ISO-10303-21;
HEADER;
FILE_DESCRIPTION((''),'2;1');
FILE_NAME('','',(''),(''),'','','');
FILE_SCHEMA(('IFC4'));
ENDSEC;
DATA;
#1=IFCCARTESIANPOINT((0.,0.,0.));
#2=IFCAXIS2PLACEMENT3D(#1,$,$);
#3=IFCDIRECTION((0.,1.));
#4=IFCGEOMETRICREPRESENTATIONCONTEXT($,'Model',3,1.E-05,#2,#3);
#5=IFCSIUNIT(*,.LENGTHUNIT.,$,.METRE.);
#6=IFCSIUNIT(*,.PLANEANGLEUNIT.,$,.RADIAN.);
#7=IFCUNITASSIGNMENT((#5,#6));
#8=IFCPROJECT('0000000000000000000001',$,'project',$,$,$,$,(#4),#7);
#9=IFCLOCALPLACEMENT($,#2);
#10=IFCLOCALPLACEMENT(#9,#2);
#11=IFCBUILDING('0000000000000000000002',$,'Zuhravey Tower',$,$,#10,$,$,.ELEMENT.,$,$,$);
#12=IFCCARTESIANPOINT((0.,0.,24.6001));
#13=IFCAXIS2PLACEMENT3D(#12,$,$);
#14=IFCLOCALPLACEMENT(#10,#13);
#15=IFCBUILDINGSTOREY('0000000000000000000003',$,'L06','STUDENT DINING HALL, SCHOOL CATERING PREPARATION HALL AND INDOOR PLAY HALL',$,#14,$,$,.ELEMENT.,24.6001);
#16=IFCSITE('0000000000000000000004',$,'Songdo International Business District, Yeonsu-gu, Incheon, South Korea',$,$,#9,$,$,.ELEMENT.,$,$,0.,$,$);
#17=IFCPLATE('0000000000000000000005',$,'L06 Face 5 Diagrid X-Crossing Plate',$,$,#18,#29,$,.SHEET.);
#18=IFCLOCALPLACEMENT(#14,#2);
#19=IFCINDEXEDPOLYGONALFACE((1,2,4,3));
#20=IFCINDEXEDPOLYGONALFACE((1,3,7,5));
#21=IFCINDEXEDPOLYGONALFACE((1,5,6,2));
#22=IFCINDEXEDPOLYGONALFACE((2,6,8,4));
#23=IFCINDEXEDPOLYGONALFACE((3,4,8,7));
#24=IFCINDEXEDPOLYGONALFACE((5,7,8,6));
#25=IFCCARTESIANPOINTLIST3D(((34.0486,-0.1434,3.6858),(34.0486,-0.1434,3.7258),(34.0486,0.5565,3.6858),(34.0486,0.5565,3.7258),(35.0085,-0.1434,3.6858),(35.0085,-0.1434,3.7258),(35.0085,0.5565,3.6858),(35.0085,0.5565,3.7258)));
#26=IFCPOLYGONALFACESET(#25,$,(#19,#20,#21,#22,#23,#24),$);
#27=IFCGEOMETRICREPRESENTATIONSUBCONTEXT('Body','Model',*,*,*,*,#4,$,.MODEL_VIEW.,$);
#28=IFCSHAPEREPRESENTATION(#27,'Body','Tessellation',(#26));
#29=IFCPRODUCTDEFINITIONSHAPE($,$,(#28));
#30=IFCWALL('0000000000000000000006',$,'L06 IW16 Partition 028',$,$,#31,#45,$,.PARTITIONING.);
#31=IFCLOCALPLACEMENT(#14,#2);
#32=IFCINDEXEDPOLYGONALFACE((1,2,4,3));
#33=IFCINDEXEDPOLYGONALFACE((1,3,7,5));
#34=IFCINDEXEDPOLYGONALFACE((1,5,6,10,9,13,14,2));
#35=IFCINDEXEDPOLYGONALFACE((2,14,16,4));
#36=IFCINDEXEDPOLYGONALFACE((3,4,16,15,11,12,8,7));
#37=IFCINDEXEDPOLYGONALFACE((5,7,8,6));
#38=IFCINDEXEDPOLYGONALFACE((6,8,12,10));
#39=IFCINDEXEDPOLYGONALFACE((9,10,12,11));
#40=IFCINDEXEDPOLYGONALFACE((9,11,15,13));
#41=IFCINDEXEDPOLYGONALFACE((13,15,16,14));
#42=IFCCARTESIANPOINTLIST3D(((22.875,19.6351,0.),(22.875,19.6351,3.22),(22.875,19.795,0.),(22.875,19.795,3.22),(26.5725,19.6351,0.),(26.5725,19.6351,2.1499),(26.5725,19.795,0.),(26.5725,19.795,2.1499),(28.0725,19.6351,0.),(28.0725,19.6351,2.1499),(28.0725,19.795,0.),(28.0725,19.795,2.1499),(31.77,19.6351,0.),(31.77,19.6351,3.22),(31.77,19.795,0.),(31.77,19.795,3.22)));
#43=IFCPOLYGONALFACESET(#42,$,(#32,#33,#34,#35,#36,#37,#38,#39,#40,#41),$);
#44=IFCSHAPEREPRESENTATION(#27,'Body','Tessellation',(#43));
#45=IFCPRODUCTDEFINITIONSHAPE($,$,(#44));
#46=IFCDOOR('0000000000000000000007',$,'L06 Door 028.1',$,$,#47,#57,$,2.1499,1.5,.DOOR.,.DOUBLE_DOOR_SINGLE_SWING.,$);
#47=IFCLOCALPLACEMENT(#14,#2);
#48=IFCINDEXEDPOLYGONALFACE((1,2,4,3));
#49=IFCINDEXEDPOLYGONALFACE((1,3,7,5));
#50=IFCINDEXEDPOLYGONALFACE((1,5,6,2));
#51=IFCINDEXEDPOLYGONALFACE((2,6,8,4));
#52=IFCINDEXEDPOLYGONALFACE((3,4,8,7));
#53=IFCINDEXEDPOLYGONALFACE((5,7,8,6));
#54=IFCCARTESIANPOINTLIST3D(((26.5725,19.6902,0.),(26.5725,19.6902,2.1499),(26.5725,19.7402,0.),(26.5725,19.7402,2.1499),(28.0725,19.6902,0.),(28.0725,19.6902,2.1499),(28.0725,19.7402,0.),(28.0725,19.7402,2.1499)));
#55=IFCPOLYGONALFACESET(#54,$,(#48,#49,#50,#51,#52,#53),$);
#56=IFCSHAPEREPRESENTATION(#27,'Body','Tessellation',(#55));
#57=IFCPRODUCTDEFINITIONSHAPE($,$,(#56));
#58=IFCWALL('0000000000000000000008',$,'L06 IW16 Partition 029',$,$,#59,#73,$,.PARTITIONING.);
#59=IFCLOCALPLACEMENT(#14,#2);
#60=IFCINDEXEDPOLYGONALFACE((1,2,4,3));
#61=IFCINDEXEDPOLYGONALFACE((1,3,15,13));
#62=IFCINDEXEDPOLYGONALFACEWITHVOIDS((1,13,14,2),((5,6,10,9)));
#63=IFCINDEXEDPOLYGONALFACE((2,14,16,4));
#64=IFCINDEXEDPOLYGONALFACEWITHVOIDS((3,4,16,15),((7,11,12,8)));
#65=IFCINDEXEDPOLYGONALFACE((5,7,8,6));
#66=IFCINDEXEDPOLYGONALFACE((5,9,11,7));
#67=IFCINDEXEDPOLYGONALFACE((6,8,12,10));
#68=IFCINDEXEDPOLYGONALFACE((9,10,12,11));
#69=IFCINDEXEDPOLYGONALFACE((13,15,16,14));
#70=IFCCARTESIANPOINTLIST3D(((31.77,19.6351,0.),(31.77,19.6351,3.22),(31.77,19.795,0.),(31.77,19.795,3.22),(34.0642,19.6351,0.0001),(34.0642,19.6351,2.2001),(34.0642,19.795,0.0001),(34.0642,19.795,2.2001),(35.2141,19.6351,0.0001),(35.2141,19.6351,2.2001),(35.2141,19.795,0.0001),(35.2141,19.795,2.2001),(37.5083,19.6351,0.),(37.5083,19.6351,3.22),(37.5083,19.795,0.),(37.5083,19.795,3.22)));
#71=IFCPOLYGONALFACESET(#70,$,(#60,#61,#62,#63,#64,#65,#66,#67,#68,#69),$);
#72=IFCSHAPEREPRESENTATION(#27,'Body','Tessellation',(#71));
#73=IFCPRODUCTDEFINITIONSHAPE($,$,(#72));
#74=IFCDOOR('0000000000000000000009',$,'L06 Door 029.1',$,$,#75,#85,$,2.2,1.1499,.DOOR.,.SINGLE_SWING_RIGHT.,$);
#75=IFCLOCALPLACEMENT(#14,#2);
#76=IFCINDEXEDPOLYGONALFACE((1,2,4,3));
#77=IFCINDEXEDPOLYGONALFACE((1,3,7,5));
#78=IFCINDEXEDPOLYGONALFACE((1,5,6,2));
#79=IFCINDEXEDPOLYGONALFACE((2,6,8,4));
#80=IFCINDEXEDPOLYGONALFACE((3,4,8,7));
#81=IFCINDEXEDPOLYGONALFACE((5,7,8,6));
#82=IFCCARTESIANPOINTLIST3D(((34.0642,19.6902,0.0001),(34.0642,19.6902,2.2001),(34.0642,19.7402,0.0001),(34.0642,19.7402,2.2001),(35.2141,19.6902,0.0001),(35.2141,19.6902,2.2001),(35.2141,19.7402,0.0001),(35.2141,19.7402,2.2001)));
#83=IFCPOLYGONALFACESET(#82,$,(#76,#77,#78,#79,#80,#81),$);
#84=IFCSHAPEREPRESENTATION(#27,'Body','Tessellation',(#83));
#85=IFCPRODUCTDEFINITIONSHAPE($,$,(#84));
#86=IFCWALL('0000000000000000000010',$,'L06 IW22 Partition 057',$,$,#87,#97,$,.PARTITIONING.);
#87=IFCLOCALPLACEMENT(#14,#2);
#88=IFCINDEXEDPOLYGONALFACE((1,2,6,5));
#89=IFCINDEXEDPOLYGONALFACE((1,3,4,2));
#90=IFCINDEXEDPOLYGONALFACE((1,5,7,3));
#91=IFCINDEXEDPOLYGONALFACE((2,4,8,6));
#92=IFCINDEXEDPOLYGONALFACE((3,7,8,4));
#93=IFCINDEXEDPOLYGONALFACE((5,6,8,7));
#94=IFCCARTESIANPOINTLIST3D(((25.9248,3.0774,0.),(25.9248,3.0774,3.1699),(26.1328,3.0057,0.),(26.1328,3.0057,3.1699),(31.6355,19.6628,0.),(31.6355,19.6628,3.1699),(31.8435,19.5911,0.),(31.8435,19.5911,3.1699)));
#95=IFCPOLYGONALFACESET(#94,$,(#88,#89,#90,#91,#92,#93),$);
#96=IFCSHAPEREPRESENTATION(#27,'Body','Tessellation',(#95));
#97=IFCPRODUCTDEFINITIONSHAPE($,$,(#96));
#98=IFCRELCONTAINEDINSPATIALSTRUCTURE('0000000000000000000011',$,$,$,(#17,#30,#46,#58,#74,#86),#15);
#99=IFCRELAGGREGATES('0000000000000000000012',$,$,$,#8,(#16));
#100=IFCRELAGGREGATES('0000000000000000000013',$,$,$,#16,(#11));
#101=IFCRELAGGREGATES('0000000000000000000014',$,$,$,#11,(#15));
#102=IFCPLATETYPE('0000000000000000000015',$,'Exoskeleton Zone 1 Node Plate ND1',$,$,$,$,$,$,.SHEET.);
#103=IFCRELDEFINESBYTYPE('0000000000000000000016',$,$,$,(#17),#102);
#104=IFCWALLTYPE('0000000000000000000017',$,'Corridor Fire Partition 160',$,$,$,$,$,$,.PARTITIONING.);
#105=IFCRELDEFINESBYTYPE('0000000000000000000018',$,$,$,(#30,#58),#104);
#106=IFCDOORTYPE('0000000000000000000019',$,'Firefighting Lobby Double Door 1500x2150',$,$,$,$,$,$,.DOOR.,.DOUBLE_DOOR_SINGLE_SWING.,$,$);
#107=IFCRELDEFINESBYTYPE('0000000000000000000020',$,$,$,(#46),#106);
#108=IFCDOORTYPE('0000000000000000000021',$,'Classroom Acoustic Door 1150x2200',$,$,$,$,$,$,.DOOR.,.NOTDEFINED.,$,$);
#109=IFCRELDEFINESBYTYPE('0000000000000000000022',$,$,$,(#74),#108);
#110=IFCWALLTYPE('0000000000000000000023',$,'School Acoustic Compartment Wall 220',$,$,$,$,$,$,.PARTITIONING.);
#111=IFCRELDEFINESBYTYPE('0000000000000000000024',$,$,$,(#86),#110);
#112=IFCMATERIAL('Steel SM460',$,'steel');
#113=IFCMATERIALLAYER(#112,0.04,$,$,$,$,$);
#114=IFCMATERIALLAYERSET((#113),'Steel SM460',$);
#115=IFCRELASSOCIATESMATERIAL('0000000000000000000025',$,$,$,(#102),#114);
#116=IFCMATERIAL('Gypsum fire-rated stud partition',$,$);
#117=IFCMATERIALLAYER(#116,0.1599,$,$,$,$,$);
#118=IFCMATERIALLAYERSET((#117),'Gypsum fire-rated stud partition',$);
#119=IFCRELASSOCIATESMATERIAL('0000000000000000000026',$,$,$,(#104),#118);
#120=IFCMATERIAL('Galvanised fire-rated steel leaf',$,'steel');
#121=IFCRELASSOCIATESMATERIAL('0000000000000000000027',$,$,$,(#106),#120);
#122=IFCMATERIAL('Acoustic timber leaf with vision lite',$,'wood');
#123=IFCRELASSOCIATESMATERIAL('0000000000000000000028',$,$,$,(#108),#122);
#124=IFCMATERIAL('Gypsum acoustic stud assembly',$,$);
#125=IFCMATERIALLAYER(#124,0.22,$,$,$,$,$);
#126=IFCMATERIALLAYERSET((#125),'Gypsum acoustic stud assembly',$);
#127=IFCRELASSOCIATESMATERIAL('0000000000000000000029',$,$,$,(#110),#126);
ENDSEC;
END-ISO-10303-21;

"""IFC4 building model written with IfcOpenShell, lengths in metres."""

from ifc_helpers import new_model, si_unit, direction, frame, frame_2d, origin, origin_2d, place, context, subcontext, project, spatial, rectangle, extrude, material, layer, layer_set, type_object, element, fill, save


model = new_model("IFC4")

# Units and contexts
model_context = context("Model", 3, precision=1e-05, world=origin(), true_north=direction((0.0, 1.0)))
body_context = subcontext(model_context, "Body", "Model", "MODEL_VIEW")
ifc_project = project(units=[si_unit("LENGTHUNIT", "METRE"), si_unit("PLANEANGLEUNIT", "RADIAN")], contexts=[model_context])

# Site, building, storey
site_placement = place(None, origin())
site = spatial("IfcSite", under=ifc_project, at=site_placement, Name="Songdo International Business District, Yeonsu-gu, Incheon, South Korea", CompositionType="ELEMENT", RefElevation=0.0)
building_placement = place(site_placement, origin())
building = spatial("IfcBuilding", under=site, at=building_placement, Name="Zuhravey Tower", CompositionType="ELEMENT")
storey_placement = place(building_placement, frame((0.0, 0.0, 24.6001)))
storey = spatial("IfcBuildingStorey", under=building, at=storey_placement, Name="L06", Description="STUDENT DINING HALL, SCHOOL CATERING PREPARATION HALL AND INDOOR PLAY HALL", CompositionType="ELEMENT", Elevation=24.6001)

# Shared definitions
ifc_material_1 = material(Name="Steel SM460", Category="steel")

# Plate
ifc_layer_1 = layer(ifc_material_1, 0.04)
ifc_layer_set_1 = layer_set([ifc_layer_1], Name="Steel SM460")
plate_type_1 = type_object("IfcPlateType", Name="Exoskeleton Zone 1 Node Plate ND1", PredefinedType="SHEET", material=ifc_layer_set_1)
for number, where, z_axis, x_axis, name in (
    (1, (34.5286, 0.2065, 3.6858), (0.0, 0.0, 1.0), (1.0, 0.0, 0.0), "L06 Face 5 Diagrid X-Crossing Plate"),
):
    element("IfcPlate", number, at=place(storey_placement, frame(where, z_axis=z_axis, x_axis=x_axis)), inside=storey, type_object=plate_type_1, Name=name, PredefinedType="SHEET", context=body_context, shape_type="SweptSolid", body=[
        extrude(rectangle(XDim=0.96, YDim=0.7, at=origin_2d()), origin(), (0.0, 0.0, 1.0), 0.04),
    ])

# Walls, openings, doors
ifc_material_2 = material(Name="Gypsum fire-rated stud partition")
ifc_layer_2 = layer(ifc_material_2, 0.1599)
ifc_layer_set_2 = layer_set([ifc_layer_2], Name="Gypsum fire-rated stud partition")
wall_type_1 = type_object("IfcWallType", Name="Corridor Fire Partition 160", PredefinedType="PARTITIONING", material=ifc_layer_set_2)
wall_1_placement = place(storey_placement, frame((22.875, 19.7151, 0.0), z_axis=(0.0, 0.0, 1.0), x_axis=(1.0, 0.0, 0.0)))
wall_1 = element("IfcWall", 2, at=wall_1_placement, inside=storey, type_object=wall_type_1, Name="L06 IW16 Partition 028", PredefinedType="PARTITIONING", context=body_context, shape_type="SweptSolid", body=[
    extrude(rectangle(XDim=8.895, YDim=0.1599, at=frame_2d((4.4475, 0.0))), origin(), (0.0, 0.0, 1.0), 3.22),
])
opening_1_placement = place(wall_1_placement, frame((3.6975, 0.0, 0.0)))
opening_1 = element("IfcOpeningElement", 3, at=opening_1_placement, cuts=wall_1, PredefinedType="OPENING", context=body_context, shape_type="SweptSolid", body=[
    extrude(rectangle(XDim=1.5, YDim=2.1499, at=frame_2d((0.75, 1.075))), frame((0.0, 0.092, 0.0), z_axis=(0.0, -1.0, 0.0), x_axis=(1.0, 0.0, 0.0)), (0.0, 0.0, 1.0), 0.1838),
])
ifc_material_3 = material(Name="Galvanised fire-rated steel leaf", Category="steel")
door_type_1 = type_object("IfcDoorType", Name="Firefighting Lobby Double Door 1500x2150", OperationType="DOUBLE_DOOR_SINGLE_SWING", PredefinedType="DOOR", material=ifc_material_3)
door_1_placement = place(opening_1_placement, frame((1.5, 0.0, 0.0), z_axis=(0.0, 0.0, 1.0), x_axis=(-1.0, 0.0, 0.0)))
door_1 = element("IfcDoor", 4, at=door_1_placement, inside=storey, type_object=door_type_1, Name="L06 Door 028.1", OperationType="DOUBLE_DOOR_SINGLE_SWING", OverallHeight=2.1499, OverallWidth=1.5, PredefinedType="DOOR", context=body_context, shape_type="SweptSolid", body=[
    extrude(rectangle(XDim=1.5, YDim=2.1499, at=frame_2d((0.75, 1.075))), frame((0.0, 0.0249, 0.0), z_axis=(0.0, -1.0, 0.0), x_axis=(1.0, 0.0, 0.0)), (0.0, 0.0, 1.0), 0.05),
])
fill(opening_1, door_1)
wall_2_placement = place(storey_placement, frame((31.77, 19.7151, 0.0), z_axis=(0.0, 0.0, 1.0), x_axis=(1.0, 0.0, 0.0)))
wall_2 = element("IfcWall", 5, at=wall_2_placement, inside=storey, type_object=wall_type_1, Name="L06 IW16 Partition 029", PredefinedType="PARTITIONING", context=body_context, shape_type="SweptSolid", body=[
    extrude(rectangle(XDim=5.7383, YDim=0.1599, at=frame_2d((2.8691, 0.0))), origin(), (0.0, 0.0, 1.0), 3.22),
])
opening_2_placement = place(wall_2_placement, frame((2.2942, 0.0, 0.0)))
opening_2 = element("IfcOpeningElement", 6, at=opening_2_placement, cuts=wall_2, PredefinedType="OPENING", context=body_context, shape_type="SweptSolid", body=[
    extrude(rectangle(XDim=1.1499, YDim=2.2, at=frame_2d((0.575, 1.1001))), frame((0.0, 0.092, 0.0), z_axis=(0.0, -1.0, 0.0), x_axis=(1.0, 0.0, 0.0)), (0.0, 0.0, 1.0), 0.1838),
])
ifc_material_4 = material(Name="Acoustic timber leaf with vision lite", Category="wood")
door_type_2 = type_object("IfcDoorType", Name="Classroom Acoustic Door 1150x2200", OperationType="NOTDEFINED", PredefinedType="DOOR", material=ifc_material_4)
door_2_placement = place(opening_2_placement, frame((1.1499, 0.0, 0.0), z_axis=(0.0, 0.0, 1.0), x_axis=(-1.0, 0.0, 0.0)))
door_2 = element("IfcDoor", 7, at=door_2_placement, inside=storey, type_object=door_type_2, Name="L06 Door 029.1", OperationType="SINGLE_SWING_RIGHT", OverallHeight=2.2, OverallWidth=1.1499, PredefinedType="DOOR", context=body_context, shape_type="SweptSolid", body=[
    extrude(rectangle(XDim=1.1499, YDim=2.2, at=frame_2d((0.575, 1.1001))), frame((0.0, 0.0249, 0.0), z_axis=(0.0, -1.0, 0.0), x_axis=(1.0, 0.0, 0.0)), (0.0, 0.0, 1.0), 0.05),
])
fill(opening_2, door_2)

# Wall
ifc_material_5 = material(Name="Gypsum acoustic stud assembly")
ifc_layer_3 = layer(ifc_material_5, 0.22)
ifc_layer_set_3 = layer_set([ifc_layer_3], Name="Gypsum acoustic stud assembly")
wall_type_2 = type_object("IfcWallType", Name="School Acoustic Compartment Wall 220", PredefinedType="PARTITIONING", material=ifc_layer_set_3)
wall_3_placement = place(storey_placement, frame((31.7395, 19.627, 0.0), z_axis=(0.0, 0.0, 1.0), x_axis=(-0.325561, -0.945521, 0.0)))
element("IfcWall", 8, at=wall_3_placement, inside=storey, type_object=wall_type_2, Name="L06 IW22 Partition 057", PredefinedType="PARTITIONING", context=body_context, shape_type="SweptSolid", body=[
    extrude(rectangle(XDim=17.541, YDim=0.22, at=frame_2d((8.7705, 0.0))), origin(), (0.0, 0.0, 1.0), 3.1699),
])

save(model, "model.ifc")
